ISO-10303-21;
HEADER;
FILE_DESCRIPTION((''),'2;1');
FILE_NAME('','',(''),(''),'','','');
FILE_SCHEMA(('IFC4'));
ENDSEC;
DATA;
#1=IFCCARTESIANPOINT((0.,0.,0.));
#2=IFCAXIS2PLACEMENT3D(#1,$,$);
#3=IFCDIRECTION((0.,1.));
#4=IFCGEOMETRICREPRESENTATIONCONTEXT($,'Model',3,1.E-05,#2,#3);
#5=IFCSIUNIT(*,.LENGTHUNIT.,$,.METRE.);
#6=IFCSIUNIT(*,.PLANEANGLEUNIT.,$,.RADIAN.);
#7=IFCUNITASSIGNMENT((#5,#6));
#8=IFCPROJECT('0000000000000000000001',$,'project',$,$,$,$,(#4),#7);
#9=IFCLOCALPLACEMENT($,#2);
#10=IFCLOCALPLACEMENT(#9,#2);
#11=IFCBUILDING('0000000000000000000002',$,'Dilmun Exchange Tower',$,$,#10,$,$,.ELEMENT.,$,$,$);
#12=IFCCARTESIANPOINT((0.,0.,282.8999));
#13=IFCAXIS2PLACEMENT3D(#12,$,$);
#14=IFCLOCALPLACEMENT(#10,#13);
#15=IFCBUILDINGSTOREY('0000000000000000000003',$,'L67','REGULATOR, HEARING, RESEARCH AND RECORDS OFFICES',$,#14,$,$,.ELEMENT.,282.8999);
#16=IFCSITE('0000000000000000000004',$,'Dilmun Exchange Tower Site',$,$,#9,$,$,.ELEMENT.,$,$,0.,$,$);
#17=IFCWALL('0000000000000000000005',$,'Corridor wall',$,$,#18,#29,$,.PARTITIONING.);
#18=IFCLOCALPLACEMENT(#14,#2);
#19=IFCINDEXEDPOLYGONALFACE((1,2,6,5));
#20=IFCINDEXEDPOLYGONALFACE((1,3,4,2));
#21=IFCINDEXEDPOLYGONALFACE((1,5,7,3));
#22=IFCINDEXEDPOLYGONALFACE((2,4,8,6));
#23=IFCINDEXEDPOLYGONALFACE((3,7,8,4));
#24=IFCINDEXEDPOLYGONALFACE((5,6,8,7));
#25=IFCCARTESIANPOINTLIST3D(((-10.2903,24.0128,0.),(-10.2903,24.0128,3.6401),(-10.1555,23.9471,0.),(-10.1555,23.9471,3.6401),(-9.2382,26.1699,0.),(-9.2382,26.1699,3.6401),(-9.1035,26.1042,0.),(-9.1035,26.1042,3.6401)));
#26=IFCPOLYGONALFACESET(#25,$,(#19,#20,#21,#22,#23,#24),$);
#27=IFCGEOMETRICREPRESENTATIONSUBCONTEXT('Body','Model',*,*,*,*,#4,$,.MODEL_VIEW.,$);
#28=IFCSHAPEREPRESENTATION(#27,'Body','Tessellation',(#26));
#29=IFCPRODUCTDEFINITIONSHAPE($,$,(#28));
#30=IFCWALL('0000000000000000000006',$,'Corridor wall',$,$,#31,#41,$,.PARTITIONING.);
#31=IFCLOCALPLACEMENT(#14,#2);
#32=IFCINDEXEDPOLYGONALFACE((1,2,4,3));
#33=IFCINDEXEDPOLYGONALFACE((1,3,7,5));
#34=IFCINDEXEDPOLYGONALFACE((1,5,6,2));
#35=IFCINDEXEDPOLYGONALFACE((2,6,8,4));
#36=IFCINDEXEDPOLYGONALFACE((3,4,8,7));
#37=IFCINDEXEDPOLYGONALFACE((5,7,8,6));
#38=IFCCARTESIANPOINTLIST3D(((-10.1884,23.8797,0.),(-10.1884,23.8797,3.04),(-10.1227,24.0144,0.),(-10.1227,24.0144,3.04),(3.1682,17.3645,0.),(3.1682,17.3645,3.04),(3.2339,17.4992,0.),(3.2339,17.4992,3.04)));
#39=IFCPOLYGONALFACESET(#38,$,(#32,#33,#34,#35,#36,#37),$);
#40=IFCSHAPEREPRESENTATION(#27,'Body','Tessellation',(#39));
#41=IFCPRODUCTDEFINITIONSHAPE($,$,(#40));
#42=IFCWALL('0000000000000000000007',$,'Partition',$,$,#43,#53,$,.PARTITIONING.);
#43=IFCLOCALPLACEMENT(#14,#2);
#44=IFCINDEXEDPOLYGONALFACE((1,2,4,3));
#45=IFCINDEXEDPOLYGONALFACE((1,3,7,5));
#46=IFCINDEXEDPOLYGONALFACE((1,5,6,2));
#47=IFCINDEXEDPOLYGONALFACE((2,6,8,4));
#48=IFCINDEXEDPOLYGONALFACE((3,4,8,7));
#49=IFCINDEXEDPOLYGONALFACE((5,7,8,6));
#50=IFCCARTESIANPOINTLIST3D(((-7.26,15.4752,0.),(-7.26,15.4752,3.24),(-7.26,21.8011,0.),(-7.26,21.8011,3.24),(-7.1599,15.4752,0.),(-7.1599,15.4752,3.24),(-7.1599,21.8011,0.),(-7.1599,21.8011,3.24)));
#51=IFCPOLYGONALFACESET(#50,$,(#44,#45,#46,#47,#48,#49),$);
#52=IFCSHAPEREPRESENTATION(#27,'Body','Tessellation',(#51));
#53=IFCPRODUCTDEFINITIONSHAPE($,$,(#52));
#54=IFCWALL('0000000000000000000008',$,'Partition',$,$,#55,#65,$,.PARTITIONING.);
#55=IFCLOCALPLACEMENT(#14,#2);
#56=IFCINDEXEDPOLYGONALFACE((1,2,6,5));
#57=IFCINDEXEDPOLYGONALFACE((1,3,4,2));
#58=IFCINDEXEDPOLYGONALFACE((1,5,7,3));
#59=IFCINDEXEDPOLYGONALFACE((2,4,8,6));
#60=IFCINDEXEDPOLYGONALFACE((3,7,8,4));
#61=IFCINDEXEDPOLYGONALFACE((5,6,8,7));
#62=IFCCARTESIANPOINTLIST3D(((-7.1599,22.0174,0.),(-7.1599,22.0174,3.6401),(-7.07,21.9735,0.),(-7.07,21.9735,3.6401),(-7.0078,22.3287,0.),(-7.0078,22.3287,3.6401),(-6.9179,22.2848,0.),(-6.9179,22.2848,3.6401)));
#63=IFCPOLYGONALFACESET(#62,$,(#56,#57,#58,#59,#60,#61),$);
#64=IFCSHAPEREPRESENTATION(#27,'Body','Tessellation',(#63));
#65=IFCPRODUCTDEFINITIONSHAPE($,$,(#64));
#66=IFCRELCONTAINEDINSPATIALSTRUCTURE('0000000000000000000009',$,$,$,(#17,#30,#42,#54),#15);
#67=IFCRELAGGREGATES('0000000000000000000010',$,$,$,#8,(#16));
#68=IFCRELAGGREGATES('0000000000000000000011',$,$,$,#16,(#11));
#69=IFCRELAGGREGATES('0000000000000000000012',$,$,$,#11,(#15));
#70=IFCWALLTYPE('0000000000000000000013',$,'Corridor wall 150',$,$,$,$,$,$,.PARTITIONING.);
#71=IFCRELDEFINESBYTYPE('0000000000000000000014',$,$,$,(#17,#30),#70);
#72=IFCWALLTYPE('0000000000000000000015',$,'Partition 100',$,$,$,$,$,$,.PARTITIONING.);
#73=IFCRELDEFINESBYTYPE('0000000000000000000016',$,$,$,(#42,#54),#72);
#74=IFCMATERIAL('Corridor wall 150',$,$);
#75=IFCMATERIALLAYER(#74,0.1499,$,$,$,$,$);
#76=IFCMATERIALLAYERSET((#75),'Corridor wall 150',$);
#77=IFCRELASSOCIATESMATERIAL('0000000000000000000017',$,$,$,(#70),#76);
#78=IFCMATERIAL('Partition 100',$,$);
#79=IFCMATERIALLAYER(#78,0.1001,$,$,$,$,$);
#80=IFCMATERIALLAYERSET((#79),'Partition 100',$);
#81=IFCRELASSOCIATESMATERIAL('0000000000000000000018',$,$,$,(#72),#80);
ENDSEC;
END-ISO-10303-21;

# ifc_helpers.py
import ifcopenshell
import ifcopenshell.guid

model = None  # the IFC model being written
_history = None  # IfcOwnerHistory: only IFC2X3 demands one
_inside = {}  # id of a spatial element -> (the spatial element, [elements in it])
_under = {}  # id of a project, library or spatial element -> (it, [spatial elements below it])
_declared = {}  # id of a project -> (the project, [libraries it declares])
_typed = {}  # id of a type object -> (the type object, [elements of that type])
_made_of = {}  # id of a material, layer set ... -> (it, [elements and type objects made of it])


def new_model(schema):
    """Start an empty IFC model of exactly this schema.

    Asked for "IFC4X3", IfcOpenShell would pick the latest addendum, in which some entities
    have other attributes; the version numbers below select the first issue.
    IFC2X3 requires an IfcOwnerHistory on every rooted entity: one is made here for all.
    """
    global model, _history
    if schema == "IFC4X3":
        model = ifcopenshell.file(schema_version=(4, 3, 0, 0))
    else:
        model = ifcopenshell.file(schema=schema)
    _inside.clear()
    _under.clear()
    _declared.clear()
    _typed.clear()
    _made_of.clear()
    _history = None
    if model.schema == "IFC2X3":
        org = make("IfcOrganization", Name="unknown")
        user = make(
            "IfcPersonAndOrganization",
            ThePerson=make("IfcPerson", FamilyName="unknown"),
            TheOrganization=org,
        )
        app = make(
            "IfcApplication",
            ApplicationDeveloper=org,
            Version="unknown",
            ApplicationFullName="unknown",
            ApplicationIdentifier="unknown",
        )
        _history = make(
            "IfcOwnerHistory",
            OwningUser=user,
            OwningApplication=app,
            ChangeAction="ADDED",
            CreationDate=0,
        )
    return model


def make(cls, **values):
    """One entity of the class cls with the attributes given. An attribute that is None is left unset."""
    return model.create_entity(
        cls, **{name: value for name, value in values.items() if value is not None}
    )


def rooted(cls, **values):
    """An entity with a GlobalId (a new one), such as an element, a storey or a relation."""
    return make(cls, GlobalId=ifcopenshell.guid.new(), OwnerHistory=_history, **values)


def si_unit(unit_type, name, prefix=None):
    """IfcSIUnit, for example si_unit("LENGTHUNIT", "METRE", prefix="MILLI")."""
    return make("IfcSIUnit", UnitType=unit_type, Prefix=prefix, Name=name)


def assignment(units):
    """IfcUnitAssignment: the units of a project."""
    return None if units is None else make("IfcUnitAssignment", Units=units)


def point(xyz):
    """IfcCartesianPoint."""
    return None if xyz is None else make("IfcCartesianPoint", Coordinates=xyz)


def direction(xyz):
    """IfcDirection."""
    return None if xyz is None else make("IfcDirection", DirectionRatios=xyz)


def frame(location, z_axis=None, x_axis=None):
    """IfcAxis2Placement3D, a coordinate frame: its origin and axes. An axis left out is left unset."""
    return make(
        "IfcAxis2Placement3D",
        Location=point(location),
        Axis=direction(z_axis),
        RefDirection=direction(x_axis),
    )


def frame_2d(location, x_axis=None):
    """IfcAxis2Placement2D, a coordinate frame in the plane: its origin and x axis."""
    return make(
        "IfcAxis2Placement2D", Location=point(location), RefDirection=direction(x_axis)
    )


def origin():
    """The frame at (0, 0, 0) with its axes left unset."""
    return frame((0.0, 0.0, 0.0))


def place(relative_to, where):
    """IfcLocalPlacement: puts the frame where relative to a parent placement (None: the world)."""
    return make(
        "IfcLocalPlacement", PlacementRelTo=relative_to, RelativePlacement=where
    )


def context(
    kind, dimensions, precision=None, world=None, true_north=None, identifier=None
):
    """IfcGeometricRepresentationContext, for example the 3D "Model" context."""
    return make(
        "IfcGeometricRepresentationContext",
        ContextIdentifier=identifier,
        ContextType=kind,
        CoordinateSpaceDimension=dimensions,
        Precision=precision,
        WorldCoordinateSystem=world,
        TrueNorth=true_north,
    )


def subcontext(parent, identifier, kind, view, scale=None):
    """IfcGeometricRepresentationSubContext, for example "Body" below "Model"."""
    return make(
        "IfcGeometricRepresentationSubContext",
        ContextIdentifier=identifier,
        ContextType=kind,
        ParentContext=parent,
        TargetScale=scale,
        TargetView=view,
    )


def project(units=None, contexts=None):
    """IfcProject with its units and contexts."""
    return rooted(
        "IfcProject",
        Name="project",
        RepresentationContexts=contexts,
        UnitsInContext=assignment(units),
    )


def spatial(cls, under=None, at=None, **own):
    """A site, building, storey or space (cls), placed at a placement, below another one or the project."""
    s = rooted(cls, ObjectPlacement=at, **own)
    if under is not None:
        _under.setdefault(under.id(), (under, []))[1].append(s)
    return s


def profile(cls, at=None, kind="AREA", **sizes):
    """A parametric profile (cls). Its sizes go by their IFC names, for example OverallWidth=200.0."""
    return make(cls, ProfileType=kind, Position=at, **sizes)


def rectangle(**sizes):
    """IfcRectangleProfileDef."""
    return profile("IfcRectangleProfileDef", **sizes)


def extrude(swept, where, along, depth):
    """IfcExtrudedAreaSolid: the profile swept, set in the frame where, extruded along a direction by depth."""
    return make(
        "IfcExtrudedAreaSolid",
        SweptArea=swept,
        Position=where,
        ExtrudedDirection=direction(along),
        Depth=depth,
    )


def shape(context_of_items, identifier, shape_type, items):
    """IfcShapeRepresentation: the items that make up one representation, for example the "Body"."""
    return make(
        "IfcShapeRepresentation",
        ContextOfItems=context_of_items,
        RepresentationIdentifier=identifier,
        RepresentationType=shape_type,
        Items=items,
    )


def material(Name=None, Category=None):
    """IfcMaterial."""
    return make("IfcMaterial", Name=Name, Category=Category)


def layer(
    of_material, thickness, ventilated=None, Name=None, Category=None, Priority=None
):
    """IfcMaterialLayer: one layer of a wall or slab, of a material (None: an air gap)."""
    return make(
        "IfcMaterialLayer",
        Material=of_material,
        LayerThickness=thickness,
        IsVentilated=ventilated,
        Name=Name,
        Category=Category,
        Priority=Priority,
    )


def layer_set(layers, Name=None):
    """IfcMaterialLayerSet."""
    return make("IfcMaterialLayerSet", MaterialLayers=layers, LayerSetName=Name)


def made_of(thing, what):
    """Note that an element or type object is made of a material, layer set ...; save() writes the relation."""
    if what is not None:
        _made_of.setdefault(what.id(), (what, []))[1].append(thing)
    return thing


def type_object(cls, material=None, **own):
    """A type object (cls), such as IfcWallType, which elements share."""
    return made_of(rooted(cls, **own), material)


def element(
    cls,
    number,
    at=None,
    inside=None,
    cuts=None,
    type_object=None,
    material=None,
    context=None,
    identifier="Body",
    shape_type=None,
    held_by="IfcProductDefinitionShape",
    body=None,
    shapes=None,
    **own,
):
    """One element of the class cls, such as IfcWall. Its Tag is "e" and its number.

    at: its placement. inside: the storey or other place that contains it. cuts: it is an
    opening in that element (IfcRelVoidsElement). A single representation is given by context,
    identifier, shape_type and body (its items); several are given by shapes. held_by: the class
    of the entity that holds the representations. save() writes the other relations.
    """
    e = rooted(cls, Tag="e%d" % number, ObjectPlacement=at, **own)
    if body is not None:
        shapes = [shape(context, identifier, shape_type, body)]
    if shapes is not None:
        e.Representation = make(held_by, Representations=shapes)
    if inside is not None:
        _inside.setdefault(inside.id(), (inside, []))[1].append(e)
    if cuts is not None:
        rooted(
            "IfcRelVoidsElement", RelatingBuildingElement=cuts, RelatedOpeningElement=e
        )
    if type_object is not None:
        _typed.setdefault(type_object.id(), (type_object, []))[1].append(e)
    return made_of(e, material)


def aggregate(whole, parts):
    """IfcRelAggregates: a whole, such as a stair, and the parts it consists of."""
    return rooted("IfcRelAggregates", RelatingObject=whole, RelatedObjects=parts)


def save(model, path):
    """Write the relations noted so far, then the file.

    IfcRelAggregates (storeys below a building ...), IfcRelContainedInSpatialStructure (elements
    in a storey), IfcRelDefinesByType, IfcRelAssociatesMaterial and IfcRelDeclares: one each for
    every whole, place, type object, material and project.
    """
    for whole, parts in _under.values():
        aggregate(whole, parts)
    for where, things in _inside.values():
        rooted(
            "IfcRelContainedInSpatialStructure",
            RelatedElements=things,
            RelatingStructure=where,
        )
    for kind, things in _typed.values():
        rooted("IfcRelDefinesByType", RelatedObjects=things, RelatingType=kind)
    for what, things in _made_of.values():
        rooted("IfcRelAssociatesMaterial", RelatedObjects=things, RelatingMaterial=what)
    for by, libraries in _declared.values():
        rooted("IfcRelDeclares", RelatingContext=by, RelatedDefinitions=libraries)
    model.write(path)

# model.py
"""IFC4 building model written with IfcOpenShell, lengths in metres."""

from ifc_helpers import new_model, si_unit, direction, frame, frame_2d, origin, place, context, subcontext, project, spatial, rectangle, extrude, material, layer, layer_set, type_object, element, save


model = new_model("IFC4")

# Units and contexts
model_context = context("Model", 3, precision=1e-05, world=origin(), true_north=direction((0.0, 1.0)))
body_context = subcontext(model_context, "Body", "Model", "MODEL_VIEW")
ifc_project = project(units=[si_unit("LENGTHUNIT", "METRE"), si_unit("PLANEANGLEUNIT", "RADIAN")], contexts=[model_context])

# Site, building, storey
site_placement = place(None, origin())
site = spatial("IfcSite", under=ifc_project, at=site_placement, Name="Dilmun Exchange Tower Site", CompositionType="ELEMENT", RefElevation=0.0)
building_placement = place(site_placement, origin())
building = spatial("IfcBuilding", under=site, at=building_placement, Name="Dilmun Exchange Tower", CompositionType="ELEMENT")
storey_placement = place(building_placement, frame((0.0, 0.0, 282.8999)))
storey = spatial("IfcBuildingStorey", under=building, at=storey_placement, Name="L67", Description="REGULATOR, HEARING, RESEARCH AND RECORDS OFFICES", CompositionType="ELEMENT", Elevation=282.8999)

# Shared definitions
ifc_material_1 = material(Name="Corridor wall 150")
ifc_layer_1 = layer(ifc_material_1, 0.1499)
ifc_layer_set_1 = layer_set([ifc_layer_1], Name="Corridor wall 150")
wall_type_1 = type_object("IfcWallType", Name="Corridor wall 150", PredefinedType="PARTITIONING", material=ifc_layer_set_1)

# Walls
wall_1_placement = place(storey_placement, frame((-10.2229, 23.98, 0.0), z_axis=(0.0, 0.0, 1.0), x_axis=(0.438361, 0.898799, 0.0)))
element("IfcWall", 1, at=wall_1_placement, inside=storey, type_object=wall_type_1, Name="Corridor wall", PredefinedType="PARTITIONING", context=body_context, shape_type="SweptSolid", body=[
    extrude(rectangle(XDim=2.3999, YDim=0.1499, at=frame_2d((1.2, 0.0))), origin(), (0.0, 0.0, 1.0), 3.6401),
])
wall_2_placement = place(storey_placement, frame((-10.1555, 23.947, 0.0), z_axis=(0.0, 0.0, 1.0), x_axis=(0.898774, -0.438413, 0.0)))
element("IfcWall", 2, at=wall_2_placement, inside=storey, type_object=wall_type_1, Name="Corridor wall", PredefinedType="PARTITIONING", context=body_context, shape_type="SweptSolid", body=[
    extrude(rectangle(XDim=14.8608, YDim=0.1499, at=frame_2d((7.4304, 0.0))), origin(), (0.0, 0.0, 1.0), 3.04),
])
ifc_material_2 = material(Name="Partition 100")
ifc_layer_2 = layer(ifc_material_2, 0.1001)
ifc_layer_set_2 = layer_set([ifc_layer_2], Name="Partition 100")
wall_type_2 = type_object("IfcWallType", Name="Partition 100", PredefinedType="PARTITIONING", material=ifc_layer_set_2)
wall_3_placement = place(storey_placement, frame((-7.21, 15.4751, 0.0), z_axis=(0.0, 0.0, 1.0), x_axis=(0.0, 1.0, 0.0)))
element("IfcWall", 3, at=wall_3_placement, inside=storey, type_object=wall_type_2, Name="Partition", PredefinedType="PARTITIONING", context=body_context, shape_type="SweptSolid", body=[
    extrude(rectangle(XDim=6.3259, YDim=0.1001, at=frame_2d((3.1631, 0.0))), origin(), (0.0, 0.0, 1.0), 3.24),
])
wall_4_placement = place(storey_placement, frame((-7.115, 21.9954, 0.0), z_axis=(0.0, 0.0, 1.0), x_axis=(0.439021, 0.898477, 0.0)))
element("IfcWall", 4, at=wall_4_placement, inside=storey, type_object=wall_type_2, Name="Partition", PredefinedType="PARTITIONING", context=body_context, shape_type="SweptSolid", body=[
    extrude(rectangle(XDim=0.3464, YDim=0.1001, at=frame_2d((0.1733, 0.0))), origin(), (0.0, 0.0, 1.0), 3.6401),
])

save(model, "model.ifc")
